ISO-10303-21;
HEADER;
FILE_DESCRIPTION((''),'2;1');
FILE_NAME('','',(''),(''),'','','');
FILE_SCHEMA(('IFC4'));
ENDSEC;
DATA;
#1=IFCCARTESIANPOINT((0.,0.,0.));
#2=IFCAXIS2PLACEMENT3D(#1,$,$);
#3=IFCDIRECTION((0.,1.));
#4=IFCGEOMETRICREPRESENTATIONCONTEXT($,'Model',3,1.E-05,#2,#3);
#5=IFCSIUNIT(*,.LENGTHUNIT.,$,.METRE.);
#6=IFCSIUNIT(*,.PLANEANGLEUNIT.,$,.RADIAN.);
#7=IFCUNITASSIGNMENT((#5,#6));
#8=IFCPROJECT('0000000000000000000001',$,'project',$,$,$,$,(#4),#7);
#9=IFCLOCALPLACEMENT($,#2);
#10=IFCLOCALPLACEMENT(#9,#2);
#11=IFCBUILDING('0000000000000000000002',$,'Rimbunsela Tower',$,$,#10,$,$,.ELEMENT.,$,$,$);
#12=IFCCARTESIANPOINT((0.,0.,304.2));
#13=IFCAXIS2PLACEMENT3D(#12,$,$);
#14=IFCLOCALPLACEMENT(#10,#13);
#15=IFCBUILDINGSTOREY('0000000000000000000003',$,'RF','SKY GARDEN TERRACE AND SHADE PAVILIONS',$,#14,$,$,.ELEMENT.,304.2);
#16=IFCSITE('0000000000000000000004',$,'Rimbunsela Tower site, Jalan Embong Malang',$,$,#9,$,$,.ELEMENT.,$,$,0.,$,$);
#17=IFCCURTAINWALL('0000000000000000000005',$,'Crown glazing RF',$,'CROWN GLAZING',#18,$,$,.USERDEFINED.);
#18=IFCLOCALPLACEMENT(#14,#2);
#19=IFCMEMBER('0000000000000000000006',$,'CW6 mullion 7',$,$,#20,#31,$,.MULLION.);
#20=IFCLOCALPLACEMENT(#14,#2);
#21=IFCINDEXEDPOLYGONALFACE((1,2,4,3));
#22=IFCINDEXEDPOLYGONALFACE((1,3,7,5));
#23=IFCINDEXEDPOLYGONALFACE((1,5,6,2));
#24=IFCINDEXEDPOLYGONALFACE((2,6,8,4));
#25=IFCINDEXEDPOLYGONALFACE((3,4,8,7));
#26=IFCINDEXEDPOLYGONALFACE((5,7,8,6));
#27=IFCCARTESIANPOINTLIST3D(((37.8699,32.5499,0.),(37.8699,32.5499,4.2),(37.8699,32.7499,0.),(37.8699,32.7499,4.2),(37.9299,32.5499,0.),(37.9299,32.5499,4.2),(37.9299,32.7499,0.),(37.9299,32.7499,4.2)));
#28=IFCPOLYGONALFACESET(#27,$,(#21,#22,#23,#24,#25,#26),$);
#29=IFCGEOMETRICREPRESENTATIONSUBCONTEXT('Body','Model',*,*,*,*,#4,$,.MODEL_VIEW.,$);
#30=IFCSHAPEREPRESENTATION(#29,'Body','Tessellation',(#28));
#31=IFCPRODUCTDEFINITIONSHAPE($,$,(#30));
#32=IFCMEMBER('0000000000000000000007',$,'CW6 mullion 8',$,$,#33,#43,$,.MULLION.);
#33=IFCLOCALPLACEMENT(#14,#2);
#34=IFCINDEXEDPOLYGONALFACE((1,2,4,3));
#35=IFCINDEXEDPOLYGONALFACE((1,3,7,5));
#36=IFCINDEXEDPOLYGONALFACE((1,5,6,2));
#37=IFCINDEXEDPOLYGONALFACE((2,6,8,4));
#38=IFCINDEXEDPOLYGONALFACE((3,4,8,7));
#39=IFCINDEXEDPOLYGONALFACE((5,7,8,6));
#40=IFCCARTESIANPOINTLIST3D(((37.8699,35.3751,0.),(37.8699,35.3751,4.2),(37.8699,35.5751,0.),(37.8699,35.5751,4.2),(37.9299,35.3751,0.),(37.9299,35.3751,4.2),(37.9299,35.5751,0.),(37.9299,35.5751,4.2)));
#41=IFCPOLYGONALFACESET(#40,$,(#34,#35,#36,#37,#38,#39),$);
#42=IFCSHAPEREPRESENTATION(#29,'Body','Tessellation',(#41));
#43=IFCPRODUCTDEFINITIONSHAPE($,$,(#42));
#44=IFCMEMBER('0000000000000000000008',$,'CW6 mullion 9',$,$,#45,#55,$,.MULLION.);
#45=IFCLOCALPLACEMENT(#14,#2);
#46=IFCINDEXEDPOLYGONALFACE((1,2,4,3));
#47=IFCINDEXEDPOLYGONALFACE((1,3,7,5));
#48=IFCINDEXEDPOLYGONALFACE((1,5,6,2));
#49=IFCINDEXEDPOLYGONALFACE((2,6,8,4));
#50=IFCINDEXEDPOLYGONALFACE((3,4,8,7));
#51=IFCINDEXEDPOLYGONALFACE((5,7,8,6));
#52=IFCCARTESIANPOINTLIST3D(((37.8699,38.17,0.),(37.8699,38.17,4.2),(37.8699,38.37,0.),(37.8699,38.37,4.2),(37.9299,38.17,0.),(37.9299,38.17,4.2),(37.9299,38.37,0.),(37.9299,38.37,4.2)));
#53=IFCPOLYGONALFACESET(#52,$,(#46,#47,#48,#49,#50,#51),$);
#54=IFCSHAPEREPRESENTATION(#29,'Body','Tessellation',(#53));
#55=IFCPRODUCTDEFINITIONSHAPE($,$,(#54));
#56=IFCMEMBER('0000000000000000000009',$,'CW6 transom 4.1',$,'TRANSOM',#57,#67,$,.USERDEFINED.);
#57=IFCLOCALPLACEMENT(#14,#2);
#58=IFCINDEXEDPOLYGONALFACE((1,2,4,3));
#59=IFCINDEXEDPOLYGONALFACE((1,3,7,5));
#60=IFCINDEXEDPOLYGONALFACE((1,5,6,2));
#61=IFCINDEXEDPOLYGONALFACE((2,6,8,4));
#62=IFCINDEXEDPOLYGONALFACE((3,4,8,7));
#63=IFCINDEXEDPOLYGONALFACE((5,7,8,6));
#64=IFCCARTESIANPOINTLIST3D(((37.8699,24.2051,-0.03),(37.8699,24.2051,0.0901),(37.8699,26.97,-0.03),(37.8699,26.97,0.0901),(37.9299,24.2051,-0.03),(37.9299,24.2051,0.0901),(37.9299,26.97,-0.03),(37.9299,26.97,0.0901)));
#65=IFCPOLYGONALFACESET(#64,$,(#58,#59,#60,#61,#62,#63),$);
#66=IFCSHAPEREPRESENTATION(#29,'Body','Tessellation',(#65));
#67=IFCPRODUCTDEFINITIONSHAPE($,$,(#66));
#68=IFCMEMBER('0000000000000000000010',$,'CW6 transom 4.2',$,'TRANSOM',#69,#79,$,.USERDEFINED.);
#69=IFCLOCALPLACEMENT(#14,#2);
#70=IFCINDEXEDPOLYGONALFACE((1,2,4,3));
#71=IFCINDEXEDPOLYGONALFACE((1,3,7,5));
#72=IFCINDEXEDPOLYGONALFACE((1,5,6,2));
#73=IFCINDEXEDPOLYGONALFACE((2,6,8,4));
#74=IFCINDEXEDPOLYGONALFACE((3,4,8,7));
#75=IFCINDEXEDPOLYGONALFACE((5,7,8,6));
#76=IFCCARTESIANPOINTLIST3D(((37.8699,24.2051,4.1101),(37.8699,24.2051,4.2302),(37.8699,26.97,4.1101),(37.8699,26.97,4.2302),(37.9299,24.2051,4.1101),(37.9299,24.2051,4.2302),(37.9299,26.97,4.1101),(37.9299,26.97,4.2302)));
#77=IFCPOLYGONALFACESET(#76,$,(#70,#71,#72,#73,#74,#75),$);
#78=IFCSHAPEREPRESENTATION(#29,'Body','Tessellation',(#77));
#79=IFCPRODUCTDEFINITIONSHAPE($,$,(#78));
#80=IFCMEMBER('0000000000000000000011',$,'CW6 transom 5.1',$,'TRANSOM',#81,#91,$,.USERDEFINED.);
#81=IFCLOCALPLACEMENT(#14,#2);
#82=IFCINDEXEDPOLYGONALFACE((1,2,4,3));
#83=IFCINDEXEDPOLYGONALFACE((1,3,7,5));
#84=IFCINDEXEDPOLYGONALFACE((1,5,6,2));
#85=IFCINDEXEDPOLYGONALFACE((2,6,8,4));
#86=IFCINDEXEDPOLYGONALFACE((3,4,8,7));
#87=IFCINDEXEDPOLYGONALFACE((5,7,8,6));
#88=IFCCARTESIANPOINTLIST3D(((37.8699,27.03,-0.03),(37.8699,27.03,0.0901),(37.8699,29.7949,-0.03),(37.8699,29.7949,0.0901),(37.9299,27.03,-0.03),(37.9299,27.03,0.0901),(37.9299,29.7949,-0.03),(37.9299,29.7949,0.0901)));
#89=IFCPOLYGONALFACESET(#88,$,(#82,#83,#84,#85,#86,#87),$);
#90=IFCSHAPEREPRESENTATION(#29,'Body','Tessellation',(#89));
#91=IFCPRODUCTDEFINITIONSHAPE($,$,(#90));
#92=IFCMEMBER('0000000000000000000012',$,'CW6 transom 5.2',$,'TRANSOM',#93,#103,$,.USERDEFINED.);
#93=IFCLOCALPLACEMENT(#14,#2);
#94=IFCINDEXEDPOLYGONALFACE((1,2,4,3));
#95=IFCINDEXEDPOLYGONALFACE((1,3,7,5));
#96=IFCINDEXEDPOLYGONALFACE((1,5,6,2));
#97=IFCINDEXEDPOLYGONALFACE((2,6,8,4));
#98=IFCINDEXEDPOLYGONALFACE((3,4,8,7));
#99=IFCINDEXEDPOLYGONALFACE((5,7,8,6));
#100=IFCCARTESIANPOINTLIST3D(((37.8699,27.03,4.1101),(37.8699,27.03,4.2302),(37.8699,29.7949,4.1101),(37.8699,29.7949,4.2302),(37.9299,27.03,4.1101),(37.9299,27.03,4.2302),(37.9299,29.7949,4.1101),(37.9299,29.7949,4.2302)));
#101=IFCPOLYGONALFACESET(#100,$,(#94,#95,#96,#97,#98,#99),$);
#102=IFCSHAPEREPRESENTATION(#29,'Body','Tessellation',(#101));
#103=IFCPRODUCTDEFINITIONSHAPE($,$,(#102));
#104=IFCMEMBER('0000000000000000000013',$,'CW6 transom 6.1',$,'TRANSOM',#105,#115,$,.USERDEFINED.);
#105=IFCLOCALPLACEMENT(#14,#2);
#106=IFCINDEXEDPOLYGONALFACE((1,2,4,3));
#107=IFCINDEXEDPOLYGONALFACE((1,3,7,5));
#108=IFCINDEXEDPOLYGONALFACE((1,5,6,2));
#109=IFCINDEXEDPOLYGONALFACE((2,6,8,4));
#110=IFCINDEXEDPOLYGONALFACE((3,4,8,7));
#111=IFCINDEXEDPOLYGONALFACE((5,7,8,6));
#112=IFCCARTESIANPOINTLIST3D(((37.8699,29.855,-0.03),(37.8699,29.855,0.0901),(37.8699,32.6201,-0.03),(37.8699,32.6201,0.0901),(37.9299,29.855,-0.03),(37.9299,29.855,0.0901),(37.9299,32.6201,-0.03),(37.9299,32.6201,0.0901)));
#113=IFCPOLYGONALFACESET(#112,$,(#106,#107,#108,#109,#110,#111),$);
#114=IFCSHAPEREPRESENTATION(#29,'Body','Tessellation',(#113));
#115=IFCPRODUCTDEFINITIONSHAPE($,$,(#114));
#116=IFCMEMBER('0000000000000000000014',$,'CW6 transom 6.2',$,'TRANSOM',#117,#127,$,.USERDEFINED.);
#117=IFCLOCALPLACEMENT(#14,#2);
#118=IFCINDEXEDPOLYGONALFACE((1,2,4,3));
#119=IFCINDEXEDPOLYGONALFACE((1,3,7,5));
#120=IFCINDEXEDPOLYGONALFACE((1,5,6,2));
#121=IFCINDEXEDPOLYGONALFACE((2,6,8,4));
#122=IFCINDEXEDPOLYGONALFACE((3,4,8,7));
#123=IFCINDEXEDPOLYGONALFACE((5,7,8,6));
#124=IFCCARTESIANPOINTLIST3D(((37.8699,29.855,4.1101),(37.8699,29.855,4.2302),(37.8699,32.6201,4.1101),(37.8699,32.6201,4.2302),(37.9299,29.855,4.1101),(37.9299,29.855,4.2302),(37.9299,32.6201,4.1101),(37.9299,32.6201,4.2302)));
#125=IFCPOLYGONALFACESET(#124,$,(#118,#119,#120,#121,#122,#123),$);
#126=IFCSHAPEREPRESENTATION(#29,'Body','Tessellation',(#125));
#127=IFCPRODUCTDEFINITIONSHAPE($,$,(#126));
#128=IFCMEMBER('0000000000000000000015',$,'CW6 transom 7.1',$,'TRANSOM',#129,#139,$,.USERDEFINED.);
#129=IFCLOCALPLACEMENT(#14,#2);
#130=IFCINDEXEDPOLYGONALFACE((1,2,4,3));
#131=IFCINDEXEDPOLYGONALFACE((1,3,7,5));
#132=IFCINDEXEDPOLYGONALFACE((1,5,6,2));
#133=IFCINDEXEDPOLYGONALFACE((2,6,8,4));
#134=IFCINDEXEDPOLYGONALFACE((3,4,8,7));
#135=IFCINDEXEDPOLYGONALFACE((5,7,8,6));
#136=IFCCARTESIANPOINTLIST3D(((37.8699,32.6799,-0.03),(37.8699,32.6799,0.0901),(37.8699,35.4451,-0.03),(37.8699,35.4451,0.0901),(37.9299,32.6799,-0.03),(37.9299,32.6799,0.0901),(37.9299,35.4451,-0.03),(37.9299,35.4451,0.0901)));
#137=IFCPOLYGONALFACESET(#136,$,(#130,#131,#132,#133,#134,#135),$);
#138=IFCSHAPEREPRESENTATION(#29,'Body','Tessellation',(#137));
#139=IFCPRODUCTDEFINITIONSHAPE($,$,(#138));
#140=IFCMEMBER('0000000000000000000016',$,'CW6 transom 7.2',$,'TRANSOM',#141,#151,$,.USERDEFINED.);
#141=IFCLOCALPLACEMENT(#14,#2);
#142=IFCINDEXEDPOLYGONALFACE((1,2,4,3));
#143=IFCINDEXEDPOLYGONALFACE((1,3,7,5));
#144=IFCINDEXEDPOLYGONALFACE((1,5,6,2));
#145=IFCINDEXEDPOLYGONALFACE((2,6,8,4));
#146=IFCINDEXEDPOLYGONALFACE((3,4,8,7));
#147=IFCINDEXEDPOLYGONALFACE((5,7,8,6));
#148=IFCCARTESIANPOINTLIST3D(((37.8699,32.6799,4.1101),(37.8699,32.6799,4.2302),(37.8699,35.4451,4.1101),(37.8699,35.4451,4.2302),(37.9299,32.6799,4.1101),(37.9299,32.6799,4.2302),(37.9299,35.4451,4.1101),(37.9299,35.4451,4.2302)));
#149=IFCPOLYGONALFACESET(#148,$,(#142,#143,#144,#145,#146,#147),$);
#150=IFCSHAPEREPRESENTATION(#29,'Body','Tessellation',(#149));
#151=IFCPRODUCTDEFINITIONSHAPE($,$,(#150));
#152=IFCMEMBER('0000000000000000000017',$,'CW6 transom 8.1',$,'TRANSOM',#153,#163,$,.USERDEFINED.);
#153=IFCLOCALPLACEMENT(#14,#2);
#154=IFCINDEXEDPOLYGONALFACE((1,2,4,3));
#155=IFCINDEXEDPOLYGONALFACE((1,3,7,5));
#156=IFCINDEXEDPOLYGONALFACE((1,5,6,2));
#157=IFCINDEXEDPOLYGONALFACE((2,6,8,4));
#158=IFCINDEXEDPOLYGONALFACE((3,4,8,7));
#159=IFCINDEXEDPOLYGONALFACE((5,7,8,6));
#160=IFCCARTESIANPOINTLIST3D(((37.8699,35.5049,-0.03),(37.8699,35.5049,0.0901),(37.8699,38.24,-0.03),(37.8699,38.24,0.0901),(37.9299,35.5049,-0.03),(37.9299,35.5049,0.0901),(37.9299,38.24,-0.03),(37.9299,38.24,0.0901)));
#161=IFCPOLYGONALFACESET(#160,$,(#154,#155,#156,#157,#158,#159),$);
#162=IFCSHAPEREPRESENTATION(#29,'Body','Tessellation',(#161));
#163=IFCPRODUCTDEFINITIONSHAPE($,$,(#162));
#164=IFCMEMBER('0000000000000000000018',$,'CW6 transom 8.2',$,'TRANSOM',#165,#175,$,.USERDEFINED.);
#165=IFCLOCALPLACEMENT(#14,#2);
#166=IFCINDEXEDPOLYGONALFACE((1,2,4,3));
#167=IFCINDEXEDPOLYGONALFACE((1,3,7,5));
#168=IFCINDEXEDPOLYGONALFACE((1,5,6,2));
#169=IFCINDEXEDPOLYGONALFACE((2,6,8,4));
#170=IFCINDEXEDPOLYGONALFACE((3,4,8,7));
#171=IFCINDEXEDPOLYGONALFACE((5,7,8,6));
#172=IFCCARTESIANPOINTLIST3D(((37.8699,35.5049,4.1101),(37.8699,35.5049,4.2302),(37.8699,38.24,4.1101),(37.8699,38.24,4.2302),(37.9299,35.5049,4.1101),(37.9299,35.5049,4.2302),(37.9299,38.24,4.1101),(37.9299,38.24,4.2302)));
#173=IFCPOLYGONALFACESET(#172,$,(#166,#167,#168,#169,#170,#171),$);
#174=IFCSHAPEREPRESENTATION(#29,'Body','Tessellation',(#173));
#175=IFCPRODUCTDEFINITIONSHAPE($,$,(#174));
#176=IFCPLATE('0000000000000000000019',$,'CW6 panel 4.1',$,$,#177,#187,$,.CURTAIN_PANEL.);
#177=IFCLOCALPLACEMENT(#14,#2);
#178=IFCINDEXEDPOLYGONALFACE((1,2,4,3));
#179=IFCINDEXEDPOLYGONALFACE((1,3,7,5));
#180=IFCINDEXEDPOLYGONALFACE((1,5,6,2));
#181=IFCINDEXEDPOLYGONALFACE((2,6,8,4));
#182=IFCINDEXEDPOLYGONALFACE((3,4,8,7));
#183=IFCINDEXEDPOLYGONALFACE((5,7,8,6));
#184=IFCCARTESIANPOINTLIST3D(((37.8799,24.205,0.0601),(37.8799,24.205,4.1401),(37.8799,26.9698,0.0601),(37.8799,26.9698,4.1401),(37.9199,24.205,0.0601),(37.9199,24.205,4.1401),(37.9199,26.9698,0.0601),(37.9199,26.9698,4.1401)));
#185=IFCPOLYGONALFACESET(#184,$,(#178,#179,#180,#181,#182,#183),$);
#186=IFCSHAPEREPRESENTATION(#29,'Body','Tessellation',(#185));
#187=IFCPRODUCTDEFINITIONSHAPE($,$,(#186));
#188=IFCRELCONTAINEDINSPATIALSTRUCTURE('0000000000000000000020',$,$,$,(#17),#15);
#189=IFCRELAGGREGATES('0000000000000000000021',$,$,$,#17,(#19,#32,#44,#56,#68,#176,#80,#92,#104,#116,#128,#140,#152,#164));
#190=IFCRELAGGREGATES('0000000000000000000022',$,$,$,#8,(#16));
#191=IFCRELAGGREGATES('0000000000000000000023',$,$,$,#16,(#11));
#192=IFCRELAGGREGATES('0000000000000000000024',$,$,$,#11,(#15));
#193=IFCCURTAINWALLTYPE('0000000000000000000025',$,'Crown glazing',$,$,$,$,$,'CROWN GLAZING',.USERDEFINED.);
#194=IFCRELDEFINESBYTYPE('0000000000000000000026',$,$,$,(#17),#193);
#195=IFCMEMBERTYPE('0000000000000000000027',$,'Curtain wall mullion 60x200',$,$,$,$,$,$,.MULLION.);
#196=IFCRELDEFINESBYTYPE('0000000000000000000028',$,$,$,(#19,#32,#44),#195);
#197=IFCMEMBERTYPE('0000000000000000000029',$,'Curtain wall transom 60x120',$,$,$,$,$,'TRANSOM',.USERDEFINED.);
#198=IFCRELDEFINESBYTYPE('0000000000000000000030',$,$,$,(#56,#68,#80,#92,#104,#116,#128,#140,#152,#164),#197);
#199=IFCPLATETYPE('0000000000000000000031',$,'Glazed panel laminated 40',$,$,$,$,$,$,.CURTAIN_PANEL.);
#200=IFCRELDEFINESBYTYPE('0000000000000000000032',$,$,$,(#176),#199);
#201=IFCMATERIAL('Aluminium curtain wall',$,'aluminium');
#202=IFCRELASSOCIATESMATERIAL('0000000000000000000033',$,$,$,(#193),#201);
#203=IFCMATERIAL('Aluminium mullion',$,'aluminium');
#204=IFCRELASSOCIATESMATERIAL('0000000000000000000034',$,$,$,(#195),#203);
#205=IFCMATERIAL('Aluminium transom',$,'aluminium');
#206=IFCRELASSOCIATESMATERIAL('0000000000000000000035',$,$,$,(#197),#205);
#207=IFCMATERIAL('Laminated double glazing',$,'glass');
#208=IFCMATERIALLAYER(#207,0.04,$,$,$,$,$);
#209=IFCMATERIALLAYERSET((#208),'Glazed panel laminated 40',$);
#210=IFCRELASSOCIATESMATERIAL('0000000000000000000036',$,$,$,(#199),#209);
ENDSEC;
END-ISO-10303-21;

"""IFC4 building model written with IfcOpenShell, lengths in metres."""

from ifc_helpers import new_model, si_unit, direction, frame, origin, origin_2d, place, context, subcontext, project, spatial, rectangle, extrude, material, layer, layer_set, material_profile, profile_set, type_object, element, aggregate, save


model = new_model("IFC4")

# Units and contexts
model_context = context("Model", 3, precision=1e-05, world=origin(), true_north=direction((0.0, 1.0)))
body_context = subcontext(model_context, "Body", "Model", "MODEL_VIEW")
ifc_project = project(units=[si_unit("LENGTHUNIT", "METRE"), si_unit("PLANEANGLEUNIT", "RADIAN")], contexts=[model_context])

# Site, building, storey
site_placement = place(None, origin())
site = spatial("IfcSite", under=ifc_project, at=site_placement, Name="Rimbunsela Tower site, Jalan Embong Malang", CompositionType="ELEMENT", RefElevation=0.0)
building_placement = place(site_placement, origin())
building = spatial("IfcBuilding", under=site, at=building_placement, Name="Rimbunsela Tower", CompositionType="ELEMENT")
storey_placement = place(building_placement, frame((0.0, 0.0, 304.2)))
storey = spatial("IfcBuildingStorey", under=building, at=storey_placement, Name="RF", Description="SKY GARDEN TERRACE AND SHADE PAVILIONS", CompositionType="ELEMENT", Elevation=304.2)

# Curtain wall, members, plate
ifc_material_1 = material(Name="Aluminium curtain wall", Category="aluminium")
curtain_wall_type = type_object("IfcCurtainWallType", Name="Crown glazing", ElementType="CROWN GLAZING", PredefinedType="USERDEFINED", material=ifc_material_1)
curtain_wall_placement = place(storey_placement, origin())
curtain_wall = element("IfcCurtainWall", 1, at=curtain_wall_placement, inside=storey, type_object=curtain_wall_type, Name="Crown glazing RF", ObjectType="CROWN GLAZING", PredefinedType="USERDEFINED")
ifc_material_2 = material(Name="Aluminium mullion", Category="aluminium")
ifc_material_profile_1 = material_profile(ifc_material_2, rectangle(XDim=0.0601, YDim=0.2, at=origin_2d()), Name="Mullion 60x200")
ifc_profile_set_1 = profile_set([ifc_material_profile_1], Name="Aluminium mullion")
member_type_1 = type_object("IfcMemberType", Name="Curtain wall mullion 60x200", PredefinedType="MULLION", material=ifc_profile_set_1)
member_1_placement = place(storey_placement, frame((37.8999, 32.6499, 0.0), z_axis=(0.0, 0.0, 1.0), x_axis=(-1.0, 0.0, 0.0)))
member_1 = element("IfcMember", 2, at=member_1_placement, type_object=member_type_1, Name="CW6 mullion 7", PredefinedType="MULLION", context=body_context, shape_type="SweptSolid", body=[
    extrude(rectangle(XDim=0.0601, YDim=0.2, at=origin_2d()), origin(), (0.0, 0.0, 1.0), 4.2),
])
member_2_placement = place(storey_placement, frame((37.8999, 35.4751, 0.0), z_axis=(0.0, 0.0, 1.0), x_axis=(-1.0, 0.0, 0.0)))
member_2 = element("IfcMember", 3, at=member_2_placement, type_object=member_type_1, Name="CW6 mullion 8", PredefinedType="MULLION", context=body_context, shape_type="SweptSolid", body=[
    extrude(rectangle(XDim=0.0601, YDim=0.2, at=origin_2d()), origin(), (0.0, 0.0, 1.0), 4.2),
])
member_3_placement = place(storey_placement, frame((37.8999, 38.27, 0.0), z_axis=(0.0, 0.0, 1.0), x_axis=(-1.0, 0.0, 0.0)))
member_3 = element("IfcMember", 4, at=member_3_placement, type_object=member_type_1, Name="CW6 mullion 9", PredefinedType="MULLION", context=body_context, shape_type="SweptSolid", body=[
    extrude(rectangle(XDim=0.0601, YDim=0.2, at=origin_2d()), origin(), (0.0, 0.0, 1.0), 4.2),
])
ifc_material_3 = material(Name="Aluminium transom", Category="aluminium")
ifc_material_profile_2 = material_profile(ifc_material_3, rectangle(XDim=0.0601, YDim=0.1201, at=origin_2d()), Name="Transom 60x120")
ifc_profile_set_2 = profile_set([ifc_material_profile_2], Name="Aluminium transom")
member_type_2 = type_object("IfcMemberType", Name="Curtain wall transom 60x120", ElementType="TRANSOM", PredefinedType="USERDEFINED", material=ifc_profile_set_2)
member_4_placement = place(storey_placement, frame((37.8999, 24.2051, 0.03), z_axis=(0.0, 1.0, 0.0), x_axis=(-1.0, 0.0, 0.0)))
member_4 = element("IfcMember", 5, at=member_4_placement, type_object=member_type_2, Name="CW6 transom 4.1", ObjectType="TRANSOM", PredefinedType="USERDEFINED", context=body_context, shape_type="SweptSolid", body=[
    extrude(rectangle(XDim=0.0601, YDim=0.1201, at=origin_2d()), origin(), (0.0, 0.0, 1.0), 2.7649),
])
member_5_placement = place(storey_placement, frame((37.8999, 24.2051, 4.1702), z_axis=(0.0, 1.0, 0.0), x_axis=(-1.0, 0.0, 0.0)))
member_5 = element("IfcMember", 6, at=member_5_placement, type_object=member_type_2, Name="CW6 transom 4.2", ObjectType="TRANSOM", PredefinedType="USERDEFINED", context=body_context, shape_type="SweptSolid", body=[
    extrude(rectangle(XDim=0.0601, YDim=0.1201, at=origin_2d()), origin(), (0.0, 0.0, 1.0), 2.7649),
])
member_6_placement = place(storey_placement, frame((37.8999, 27.03, 0.03), z_axis=(0.0, 1.0, 0.0), x_axis=(-1.0, 0.0, 0.0)))
member_6 = element("IfcMember", 7, at=member_6_placement, type_object=member_type_2, Name="CW6 transom 5.1", ObjectType="TRANSOM", PredefinedType="USERDEFINED", context=body_context, shape_type="SweptSolid", body=[
    extrude(rectangle(XDim=0.0601, YDim=0.1201, at=origin_2d()), origin(), (0.0, 0.0, 1.0), 2.7649),
])
member_7_placement = place(storey_placement, frame((37.8999, 27.03, 4.1702), z_axis=(0.0, 1.0, 0.0), x_axis=(-1.0, 0.0, 0.0)))
member_7 = element("IfcMember", 8, at=member_7_placement, type_object=member_type_2, Name="CW6 transom 5.2", ObjectType="TRANSOM", PredefinedType="USERDEFINED", context=body_context, shape_type="SweptSolid", body=[
    extrude(rectangle(XDim=0.0601, YDim=0.1201, at=origin_2d()), origin(), (0.0, 0.0, 1.0), 2.7649),
])
member_8_placement = place(storey_placement, frame((37.8999, 29.855, 0.03), z_axis=(0.0, 1.0, 0.0), x_axis=(-1.0, 0.0, 0.0)))
member_8 = element("IfcMember", 9, at=member_8_placement, type_object=member_type_2, Name="CW6 transom 6.1", ObjectType="TRANSOM", PredefinedType="USERDEFINED", context=body_context, shape_type="SweptSolid", body=[
    extrude(rectangle(XDim=0.0601, YDim=0.1201, at=origin_2d()), origin(), (0.0, 0.0, 1.0), 2.7651),
])
member_9_placement = place(storey_placement, frame((37.8999, 29.855, 4.1702), z_axis=(0.0, 1.0, 0.0), x_axis=(-1.0, 0.0, 0.0)))
member_9 = element("IfcMember", 10, at=member_9_placement, type_object=member_type_2, Name="CW6 transom 6.2", ObjectType="TRANSOM", PredefinedType="USERDEFINED", context=body_context, shape_type="SweptSolid", body=[
    extrude(rectangle(XDim=0.0601, YDim=0.1201, at=origin_2d()), origin(), (0.0, 0.0, 1.0), 2.7651),
])
member_10_placement = place(storey_placement, frame((37.8999, 32.6799, 0.03), z_axis=(0.0, 1.0, 0.0), x_axis=(-1.0, 0.0, 0.0)))
member_10 = element("IfcMember", 11, at=member_10_placement, type_object=member_type_2, Name="CW6 transom 7.1", ObjectType="TRANSOM", PredefinedType="USERDEFINED", context=body_context, shape_type="SweptSolid", body=[
    extrude(rectangle(XDim=0.0601, YDim=0.1201, at=origin_2d()), origin(), (0.0, 0.0, 1.0), 2.7651),
])
member_11_placement = place(storey_placement, frame((37.8999, 32.6799, 4.1702), z_axis=(0.0, 1.0, 0.0), x_axis=(-1.0, 0.0, 0.0)))
member_11 = element("IfcMember", 12, at=member_11_placement, type_object=member_type_2, Name="CW6 transom 7.2", ObjectType="TRANSOM", PredefinedType="USERDEFINED", context=body_context, shape_type="SweptSolid", body=[
    extrude(rectangle(XDim=0.0601, YDim=0.1201, at=origin_2d()), origin(), (0.0, 0.0, 1.0), 2.7651),
])
member_12_placement = place(storey_placement, frame((37.8999, 35.5049, 0.03), z_axis=(0.0, 1.0, 0.0), x_axis=(-1.0, 0.0, 0.0)))
member_12 = element("IfcMember", 13, at=member_12_placement, type_object=member_type_2, Name="CW6 transom 8.1", ObjectType="TRANSOM", PredefinedType="USERDEFINED", context=body_context, shape_type="SweptSolid", body=[
    extrude(rectangle(XDim=0.0601, YDim=0.1201, at=origin_2d()), origin(), (0.0, 0.0, 1.0), 2.7351),
])
member_13_placement = place(storey_placement, frame((37.8999, 35.5049, 4.1702), z_axis=(0.0, 1.0, 0.0), x_axis=(-1.0, 0.0, 0.0)))
member_13 = element("IfcMember", 14, at=member_13_placement, type_object=member_type_2, Name="CW6 transom 8.2", ObjectType="TRANSOM", PredefinedType="USERDEFINED", context=body_context, shape_type="SweptSolid", body=[
    extrude(rectangle(XDim=0.0601, YDim=0.1201, at=origin_2d()), origin(), (0.0, 0.0, 1.0), 2.7351),
])
ifc_material_4 = material(Name="Laminated double glazing", Category="glass")
ifc_layer_1 = layer(ifc_material_4, 0.04)
ifc_layer_set_1 = layer_set([ifc_layer_1], Name="Glazed panel laminated 40")
plate_type = type_object("IfcPlateType", Name="Glazed panel laminated 40", PredefinedType="CURTAIN_PANEL", material=ifc_layer_set_1)
plate_1_placement = place(storey_placement, frame((37.8999, 25.5874, 0.0601), z_axis=(0.0, 0.0, 1.0), x_axis=(0.0, 1.0, 0.0)))
plate_1 = element("IfcPlate", 15, at=plate_1_placement, type_object=plate_type, Name="CW6 panel 4.1", PredefinedType="CURTAIN_PANEL", context=body_context, shape_type="SweptSolid", body=[
    extrude(rectangle(XDim=2.7649, YDim=0.04, at=origin_2d()), origin(), (0.0, 0.0, 1.0), 4.0801),
])
aggregate(curtain_wall, [member_1, member_2, member_3, member_4, member_5, plate_1, member_6, member_7, member_8, member_9, member_10, member_11, member_12, member_13])

save(model, "model.ifc")
